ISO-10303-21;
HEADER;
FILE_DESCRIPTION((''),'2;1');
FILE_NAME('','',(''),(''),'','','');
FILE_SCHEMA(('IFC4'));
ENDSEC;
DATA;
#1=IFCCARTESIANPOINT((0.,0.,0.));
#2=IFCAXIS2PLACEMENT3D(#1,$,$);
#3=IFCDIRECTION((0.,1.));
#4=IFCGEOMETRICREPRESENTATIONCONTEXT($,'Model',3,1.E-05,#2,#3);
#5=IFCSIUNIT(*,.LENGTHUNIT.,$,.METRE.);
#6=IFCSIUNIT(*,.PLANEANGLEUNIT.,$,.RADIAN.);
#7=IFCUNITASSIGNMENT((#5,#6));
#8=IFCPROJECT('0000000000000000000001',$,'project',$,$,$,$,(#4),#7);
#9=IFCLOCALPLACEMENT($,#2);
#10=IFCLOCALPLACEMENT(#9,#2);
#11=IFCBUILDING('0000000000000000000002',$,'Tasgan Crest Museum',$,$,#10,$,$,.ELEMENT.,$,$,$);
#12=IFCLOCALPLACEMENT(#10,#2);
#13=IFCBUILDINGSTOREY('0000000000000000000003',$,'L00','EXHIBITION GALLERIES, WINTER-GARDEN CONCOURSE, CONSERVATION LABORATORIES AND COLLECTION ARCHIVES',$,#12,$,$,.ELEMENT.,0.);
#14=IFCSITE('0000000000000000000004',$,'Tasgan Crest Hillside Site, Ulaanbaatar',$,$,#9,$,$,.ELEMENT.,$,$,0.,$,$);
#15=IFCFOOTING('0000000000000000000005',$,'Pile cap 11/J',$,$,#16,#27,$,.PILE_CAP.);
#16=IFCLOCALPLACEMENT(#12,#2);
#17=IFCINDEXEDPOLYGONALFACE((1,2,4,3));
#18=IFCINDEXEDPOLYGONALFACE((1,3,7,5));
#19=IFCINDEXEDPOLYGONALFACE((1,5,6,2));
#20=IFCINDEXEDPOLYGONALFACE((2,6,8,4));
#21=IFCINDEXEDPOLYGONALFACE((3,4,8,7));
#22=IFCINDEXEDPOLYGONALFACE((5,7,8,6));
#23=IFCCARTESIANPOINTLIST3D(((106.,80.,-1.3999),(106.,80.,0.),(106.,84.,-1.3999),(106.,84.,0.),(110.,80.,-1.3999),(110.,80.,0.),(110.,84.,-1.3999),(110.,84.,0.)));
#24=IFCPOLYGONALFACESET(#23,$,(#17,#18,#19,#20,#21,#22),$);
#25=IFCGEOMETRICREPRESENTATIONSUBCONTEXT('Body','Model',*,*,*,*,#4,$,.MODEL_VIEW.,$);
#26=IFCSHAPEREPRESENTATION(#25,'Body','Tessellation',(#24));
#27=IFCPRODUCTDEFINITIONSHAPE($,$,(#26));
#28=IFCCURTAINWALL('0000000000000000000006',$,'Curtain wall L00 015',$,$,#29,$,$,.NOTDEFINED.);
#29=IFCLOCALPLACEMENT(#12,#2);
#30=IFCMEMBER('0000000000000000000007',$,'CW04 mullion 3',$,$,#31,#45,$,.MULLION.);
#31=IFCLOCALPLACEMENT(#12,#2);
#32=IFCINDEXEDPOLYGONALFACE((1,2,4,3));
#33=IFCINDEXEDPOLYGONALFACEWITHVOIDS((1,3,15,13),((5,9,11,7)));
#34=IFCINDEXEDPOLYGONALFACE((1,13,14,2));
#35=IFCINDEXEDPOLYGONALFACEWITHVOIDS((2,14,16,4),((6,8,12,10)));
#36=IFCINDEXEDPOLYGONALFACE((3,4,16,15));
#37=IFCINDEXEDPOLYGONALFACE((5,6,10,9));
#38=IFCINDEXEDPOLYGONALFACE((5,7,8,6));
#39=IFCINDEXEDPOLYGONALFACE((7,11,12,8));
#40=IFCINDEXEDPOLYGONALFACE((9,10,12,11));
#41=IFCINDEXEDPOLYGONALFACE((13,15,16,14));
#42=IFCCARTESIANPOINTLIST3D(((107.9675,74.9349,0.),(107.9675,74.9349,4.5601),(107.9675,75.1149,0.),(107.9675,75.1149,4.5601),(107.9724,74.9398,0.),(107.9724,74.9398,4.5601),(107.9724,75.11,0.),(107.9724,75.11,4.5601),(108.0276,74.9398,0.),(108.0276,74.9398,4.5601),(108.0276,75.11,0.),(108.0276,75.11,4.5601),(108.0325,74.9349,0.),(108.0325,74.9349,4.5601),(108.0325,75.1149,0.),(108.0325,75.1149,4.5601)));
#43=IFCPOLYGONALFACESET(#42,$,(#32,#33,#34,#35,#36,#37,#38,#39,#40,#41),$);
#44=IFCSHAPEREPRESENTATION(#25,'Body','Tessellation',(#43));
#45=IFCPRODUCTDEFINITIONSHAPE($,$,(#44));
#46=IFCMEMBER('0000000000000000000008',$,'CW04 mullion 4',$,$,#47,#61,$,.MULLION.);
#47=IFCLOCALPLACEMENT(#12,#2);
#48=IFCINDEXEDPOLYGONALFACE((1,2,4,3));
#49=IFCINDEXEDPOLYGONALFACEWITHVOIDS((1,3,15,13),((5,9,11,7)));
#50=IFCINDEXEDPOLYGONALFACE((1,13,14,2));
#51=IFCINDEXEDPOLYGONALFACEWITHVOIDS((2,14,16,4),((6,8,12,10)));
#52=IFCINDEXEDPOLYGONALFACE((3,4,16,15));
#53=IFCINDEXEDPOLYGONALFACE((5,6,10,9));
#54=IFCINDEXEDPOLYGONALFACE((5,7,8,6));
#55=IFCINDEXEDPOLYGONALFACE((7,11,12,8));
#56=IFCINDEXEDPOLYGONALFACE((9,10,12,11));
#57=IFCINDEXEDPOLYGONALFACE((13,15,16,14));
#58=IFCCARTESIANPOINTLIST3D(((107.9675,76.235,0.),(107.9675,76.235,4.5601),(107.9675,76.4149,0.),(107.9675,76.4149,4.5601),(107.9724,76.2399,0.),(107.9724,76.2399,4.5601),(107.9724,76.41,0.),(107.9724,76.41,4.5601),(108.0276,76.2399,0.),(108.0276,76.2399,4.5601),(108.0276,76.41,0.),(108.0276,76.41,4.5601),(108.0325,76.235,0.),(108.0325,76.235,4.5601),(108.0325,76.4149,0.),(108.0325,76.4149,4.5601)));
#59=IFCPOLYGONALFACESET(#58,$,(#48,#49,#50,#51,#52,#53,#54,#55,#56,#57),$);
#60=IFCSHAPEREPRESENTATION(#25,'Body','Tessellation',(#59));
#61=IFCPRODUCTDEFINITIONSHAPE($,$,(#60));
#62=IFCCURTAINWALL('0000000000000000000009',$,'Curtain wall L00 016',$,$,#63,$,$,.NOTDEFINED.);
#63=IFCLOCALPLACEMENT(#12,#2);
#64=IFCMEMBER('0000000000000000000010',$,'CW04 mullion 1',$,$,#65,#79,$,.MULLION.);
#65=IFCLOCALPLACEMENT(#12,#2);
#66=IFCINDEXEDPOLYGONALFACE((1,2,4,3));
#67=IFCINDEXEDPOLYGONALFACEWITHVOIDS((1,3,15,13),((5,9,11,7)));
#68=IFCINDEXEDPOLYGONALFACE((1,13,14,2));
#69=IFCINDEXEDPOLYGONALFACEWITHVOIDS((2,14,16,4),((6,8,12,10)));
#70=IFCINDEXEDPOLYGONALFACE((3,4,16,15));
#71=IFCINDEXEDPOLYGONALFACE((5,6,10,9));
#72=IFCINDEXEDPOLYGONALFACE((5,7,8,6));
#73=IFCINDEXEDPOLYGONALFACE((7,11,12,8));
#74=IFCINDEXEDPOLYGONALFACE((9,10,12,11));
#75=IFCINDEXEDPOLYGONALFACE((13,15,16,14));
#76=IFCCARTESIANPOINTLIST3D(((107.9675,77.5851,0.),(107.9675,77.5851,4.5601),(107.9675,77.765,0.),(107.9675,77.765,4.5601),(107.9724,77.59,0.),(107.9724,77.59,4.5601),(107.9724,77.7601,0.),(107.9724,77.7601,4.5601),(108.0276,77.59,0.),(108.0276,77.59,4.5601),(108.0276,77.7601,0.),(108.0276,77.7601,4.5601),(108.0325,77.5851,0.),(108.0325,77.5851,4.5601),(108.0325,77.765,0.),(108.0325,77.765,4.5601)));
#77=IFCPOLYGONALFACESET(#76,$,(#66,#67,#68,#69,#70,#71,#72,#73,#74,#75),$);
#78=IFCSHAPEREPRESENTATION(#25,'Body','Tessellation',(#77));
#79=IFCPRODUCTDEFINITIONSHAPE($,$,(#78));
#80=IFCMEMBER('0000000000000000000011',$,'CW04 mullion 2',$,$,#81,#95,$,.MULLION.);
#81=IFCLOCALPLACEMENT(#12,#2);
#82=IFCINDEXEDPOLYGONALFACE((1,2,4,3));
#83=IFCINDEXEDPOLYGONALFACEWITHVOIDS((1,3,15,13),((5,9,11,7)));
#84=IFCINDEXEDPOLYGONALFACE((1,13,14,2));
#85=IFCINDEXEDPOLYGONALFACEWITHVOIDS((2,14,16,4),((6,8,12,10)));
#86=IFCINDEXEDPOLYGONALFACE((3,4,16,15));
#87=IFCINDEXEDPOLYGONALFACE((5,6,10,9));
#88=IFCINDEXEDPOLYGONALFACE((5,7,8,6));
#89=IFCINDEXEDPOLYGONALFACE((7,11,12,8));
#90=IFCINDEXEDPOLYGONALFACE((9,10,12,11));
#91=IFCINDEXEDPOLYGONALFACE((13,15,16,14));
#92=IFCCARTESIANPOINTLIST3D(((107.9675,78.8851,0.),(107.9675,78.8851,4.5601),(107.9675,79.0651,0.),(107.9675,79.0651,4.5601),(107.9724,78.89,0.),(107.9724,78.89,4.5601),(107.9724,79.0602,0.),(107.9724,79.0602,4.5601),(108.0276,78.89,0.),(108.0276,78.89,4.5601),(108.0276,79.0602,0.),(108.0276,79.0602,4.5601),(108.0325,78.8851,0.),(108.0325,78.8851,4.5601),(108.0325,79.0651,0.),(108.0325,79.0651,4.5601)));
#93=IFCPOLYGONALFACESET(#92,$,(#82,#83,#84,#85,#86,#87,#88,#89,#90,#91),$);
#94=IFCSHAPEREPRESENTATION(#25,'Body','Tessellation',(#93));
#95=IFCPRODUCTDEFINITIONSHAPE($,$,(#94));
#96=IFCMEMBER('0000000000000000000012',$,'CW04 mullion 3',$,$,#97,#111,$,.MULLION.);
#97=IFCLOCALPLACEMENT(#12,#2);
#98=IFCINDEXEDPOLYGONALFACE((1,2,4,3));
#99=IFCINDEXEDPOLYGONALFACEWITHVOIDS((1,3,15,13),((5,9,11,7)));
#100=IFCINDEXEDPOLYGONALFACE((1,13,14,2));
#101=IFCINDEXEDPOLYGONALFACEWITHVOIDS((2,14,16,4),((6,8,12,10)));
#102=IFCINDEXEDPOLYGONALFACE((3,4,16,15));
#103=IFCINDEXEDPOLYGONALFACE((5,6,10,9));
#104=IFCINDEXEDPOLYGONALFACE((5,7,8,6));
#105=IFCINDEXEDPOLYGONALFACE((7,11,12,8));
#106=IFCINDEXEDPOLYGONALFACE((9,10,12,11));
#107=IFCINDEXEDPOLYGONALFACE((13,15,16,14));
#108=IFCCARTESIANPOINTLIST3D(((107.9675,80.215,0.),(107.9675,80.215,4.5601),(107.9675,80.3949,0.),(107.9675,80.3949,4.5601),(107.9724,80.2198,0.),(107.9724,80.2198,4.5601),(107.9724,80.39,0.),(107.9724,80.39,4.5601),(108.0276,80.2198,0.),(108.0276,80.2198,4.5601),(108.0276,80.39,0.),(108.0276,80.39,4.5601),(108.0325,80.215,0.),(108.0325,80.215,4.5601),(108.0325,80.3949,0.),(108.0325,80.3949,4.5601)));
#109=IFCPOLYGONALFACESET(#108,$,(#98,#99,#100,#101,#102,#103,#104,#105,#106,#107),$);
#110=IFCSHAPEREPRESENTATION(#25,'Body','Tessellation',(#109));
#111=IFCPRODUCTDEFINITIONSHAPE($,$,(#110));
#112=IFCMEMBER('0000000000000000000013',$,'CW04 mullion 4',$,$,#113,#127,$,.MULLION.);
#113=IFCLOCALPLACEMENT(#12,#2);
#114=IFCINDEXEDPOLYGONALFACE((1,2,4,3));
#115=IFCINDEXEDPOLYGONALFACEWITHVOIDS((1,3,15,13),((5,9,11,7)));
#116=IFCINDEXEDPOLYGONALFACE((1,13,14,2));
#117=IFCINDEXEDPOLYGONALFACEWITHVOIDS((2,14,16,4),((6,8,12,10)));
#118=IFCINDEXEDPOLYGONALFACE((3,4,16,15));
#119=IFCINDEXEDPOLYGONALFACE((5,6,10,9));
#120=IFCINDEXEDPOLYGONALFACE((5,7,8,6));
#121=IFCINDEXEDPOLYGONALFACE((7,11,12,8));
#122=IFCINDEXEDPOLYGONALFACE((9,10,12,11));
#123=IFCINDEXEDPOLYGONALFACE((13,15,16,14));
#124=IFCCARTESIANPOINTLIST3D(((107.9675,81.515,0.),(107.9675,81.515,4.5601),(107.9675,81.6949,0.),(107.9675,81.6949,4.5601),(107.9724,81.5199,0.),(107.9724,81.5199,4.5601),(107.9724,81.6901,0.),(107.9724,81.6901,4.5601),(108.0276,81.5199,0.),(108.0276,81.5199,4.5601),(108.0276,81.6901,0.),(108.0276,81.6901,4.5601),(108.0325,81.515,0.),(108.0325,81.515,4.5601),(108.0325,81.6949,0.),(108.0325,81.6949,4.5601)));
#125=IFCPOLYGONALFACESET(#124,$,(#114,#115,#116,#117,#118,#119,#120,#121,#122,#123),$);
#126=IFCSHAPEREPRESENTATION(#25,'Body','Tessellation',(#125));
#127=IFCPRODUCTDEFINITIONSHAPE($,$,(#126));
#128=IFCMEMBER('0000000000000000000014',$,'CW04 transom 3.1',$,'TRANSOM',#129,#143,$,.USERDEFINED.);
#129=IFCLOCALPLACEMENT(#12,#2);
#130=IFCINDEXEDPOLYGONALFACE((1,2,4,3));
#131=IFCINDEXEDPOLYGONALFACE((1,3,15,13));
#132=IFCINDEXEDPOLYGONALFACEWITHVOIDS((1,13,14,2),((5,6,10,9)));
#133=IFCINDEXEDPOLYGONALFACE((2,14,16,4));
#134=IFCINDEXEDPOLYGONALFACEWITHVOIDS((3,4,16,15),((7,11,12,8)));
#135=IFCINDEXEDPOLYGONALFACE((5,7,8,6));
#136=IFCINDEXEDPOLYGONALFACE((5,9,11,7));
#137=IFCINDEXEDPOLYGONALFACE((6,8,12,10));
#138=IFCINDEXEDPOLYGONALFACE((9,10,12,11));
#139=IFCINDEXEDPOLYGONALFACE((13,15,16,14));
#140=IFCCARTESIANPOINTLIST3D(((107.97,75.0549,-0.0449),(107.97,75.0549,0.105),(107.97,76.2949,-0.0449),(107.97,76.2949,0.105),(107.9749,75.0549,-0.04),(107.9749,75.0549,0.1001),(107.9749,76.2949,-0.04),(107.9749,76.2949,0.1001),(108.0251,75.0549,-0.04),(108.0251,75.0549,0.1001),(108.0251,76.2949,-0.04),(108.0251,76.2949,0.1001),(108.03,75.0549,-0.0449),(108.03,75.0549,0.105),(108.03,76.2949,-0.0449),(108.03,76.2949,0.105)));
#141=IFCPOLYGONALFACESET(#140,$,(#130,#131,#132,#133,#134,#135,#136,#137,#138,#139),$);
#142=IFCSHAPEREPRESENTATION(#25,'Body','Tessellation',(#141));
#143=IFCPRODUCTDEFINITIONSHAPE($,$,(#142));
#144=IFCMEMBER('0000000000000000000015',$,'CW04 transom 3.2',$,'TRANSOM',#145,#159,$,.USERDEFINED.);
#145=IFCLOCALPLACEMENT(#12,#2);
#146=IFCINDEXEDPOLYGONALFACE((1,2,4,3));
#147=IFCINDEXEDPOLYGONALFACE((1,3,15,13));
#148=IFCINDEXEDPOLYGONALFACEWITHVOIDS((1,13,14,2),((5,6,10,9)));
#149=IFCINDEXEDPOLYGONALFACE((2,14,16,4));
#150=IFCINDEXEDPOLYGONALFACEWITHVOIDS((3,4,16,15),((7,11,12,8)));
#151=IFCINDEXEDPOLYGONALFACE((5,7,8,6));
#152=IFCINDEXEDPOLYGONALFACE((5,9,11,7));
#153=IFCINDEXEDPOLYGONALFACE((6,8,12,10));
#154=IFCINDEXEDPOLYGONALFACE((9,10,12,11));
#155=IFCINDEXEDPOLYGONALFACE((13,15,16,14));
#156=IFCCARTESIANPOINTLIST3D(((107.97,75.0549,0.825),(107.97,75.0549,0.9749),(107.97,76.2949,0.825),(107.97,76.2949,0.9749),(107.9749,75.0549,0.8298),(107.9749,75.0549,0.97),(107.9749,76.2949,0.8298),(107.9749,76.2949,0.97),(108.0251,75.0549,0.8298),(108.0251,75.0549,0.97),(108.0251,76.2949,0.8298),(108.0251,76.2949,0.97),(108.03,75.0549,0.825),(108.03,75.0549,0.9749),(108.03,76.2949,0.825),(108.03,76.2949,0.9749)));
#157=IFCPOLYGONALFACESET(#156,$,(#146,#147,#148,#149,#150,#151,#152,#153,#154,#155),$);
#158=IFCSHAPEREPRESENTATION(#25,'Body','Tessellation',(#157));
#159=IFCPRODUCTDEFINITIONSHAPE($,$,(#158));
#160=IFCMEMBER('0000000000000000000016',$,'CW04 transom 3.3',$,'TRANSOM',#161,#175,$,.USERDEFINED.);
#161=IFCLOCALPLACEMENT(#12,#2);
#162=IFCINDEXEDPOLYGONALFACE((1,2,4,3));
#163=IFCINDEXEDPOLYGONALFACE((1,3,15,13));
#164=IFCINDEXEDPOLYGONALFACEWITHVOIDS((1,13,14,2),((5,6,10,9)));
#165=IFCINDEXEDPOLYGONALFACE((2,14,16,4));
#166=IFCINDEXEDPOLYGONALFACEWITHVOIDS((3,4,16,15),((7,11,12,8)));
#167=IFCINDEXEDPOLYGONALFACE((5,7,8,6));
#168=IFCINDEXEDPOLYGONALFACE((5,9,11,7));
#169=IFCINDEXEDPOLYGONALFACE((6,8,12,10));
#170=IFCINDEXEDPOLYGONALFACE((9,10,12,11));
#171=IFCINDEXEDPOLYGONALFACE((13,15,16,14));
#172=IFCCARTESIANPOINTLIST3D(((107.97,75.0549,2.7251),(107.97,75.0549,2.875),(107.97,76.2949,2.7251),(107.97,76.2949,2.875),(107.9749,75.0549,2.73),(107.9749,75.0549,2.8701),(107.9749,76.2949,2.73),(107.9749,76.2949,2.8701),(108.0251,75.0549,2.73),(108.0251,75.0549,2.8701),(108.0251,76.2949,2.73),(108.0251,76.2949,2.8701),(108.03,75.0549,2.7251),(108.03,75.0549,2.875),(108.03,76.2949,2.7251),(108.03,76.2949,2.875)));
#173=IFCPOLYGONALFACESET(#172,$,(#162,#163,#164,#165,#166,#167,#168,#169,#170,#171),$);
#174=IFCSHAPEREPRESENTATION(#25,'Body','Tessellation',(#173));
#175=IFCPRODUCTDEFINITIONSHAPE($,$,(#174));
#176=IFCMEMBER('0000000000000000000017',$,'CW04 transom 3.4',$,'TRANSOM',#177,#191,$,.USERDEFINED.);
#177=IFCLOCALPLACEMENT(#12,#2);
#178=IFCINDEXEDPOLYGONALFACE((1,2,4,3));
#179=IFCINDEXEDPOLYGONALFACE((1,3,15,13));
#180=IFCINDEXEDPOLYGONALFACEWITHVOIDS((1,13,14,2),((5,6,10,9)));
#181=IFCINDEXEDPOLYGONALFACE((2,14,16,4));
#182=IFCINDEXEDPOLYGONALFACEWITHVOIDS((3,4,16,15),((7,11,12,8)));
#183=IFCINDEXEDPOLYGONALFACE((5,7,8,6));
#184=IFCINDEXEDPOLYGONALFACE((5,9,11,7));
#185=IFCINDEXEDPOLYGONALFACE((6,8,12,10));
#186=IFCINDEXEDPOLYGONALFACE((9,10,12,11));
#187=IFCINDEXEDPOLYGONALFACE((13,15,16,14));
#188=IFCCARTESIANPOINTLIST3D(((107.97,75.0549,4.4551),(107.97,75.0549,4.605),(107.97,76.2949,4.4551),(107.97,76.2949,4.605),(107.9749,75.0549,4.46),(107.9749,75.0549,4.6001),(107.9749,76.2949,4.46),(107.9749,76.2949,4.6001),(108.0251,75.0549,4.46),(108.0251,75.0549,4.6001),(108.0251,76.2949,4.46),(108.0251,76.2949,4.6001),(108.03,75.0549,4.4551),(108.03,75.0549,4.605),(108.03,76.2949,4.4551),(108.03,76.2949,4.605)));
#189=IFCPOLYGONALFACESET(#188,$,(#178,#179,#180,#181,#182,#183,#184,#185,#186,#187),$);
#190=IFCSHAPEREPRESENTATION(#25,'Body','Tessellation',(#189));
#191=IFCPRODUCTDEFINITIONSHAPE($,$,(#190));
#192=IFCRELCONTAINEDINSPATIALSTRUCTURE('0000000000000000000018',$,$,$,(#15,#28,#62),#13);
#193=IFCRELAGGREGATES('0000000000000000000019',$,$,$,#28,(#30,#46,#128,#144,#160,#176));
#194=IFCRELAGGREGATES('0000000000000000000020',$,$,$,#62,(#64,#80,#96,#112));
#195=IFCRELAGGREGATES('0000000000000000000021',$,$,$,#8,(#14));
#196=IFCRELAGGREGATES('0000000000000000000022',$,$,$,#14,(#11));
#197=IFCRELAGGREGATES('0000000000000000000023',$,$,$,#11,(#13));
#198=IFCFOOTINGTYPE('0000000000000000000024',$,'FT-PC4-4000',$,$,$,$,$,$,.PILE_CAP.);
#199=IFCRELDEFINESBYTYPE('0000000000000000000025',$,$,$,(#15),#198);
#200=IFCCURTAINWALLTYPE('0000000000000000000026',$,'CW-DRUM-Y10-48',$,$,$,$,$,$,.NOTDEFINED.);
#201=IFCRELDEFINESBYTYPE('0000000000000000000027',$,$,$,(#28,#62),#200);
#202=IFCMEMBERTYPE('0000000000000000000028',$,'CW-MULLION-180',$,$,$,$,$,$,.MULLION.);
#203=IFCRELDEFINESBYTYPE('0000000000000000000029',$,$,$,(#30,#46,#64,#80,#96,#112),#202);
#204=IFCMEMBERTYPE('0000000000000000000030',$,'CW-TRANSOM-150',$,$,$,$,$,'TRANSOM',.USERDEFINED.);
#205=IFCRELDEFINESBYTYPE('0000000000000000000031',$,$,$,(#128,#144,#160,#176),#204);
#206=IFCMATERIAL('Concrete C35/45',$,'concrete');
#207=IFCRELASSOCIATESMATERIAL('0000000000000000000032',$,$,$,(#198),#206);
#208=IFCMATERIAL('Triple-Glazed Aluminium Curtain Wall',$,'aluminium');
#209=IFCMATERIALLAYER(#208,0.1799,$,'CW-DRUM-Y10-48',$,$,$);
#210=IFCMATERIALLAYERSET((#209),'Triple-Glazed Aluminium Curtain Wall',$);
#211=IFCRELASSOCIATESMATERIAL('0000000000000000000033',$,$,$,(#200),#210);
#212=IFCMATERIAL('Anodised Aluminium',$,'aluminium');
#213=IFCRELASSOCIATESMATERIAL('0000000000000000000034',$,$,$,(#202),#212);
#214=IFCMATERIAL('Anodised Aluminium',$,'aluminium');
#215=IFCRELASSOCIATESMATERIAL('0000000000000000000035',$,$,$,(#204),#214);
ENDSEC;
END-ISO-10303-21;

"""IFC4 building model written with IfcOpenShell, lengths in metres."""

from ifc_helpers import new_model, si_unit, direction, frame, origin, origin_2d, place, context, subcontext, project, spatial, rectangle, hollow_rectangle, extrude, material, layer, layer_set, material_profile, profile_set, type_object, element, aggregate, save


model = new_model("IFC4")

# Units and contexts
model_context = context("Model", 3, precision=1e-05, world=origin(), true_north=direction((0.0, 1.0)))
body_context = subcontext(model_context, "Body", "Model", "MODEL_VIEW")
ifc_project = project(units=[si_unit("LENGTHUNIT", "METRE"), si_unit("PLANEANGLEUNIT", "RADIAN")], contexts=[model_context])

# Site, building, storey
site_placement = place(None, origin())
site = spatial("IfcSite", under=ifc_project, at=site_placement, Name="Tasgan Crest Hillside Site, Ulaanbaatar", CompositionType="ELEMENT", RefElevation=0.0)
building_placement = place(site_placement, origin())
building = spatial("IfcBuilding", under=site, at=building_placement, Name="Tasgan Crest Museum", CompositionType="ELEMENT")
storey_placement = place(building_placement, origin())
storey = spatial("IfcBuildingStorey", under=building, at=storey_placement, Name="L00", Description="EXHIBITION GALLERIES, WINTER-GARDEN CONCOURSE, CONSERVATION LABORATORIES AND COLLECTION ARCHIVES", CompositionType="ELEMENT", Elevation=0.0)

# Footing
ifc_material_1 = material(Name="Concrete C35/45", Category="concrete")
footing_type = type_object("IfcFootingType", Name="FT-PC4-4000", PredefinedType="PILE_CAP", material=ifc_material_1)
footing_placement = place(storey_placement, frame((108.0, 82.0, -1.3999), z_axis=(0.0, 0.0, 1.0), x_axis=(1.0, 0.0, 0.0)))
element("IfcFooting", 1, at=footing_placement, inside=storey, type_object=footing_type, Name="Pile cap 11/J", PredefinedType="PILE_CAP", context=body_context, shape_type="SweptSolid", body=[
    extrude(rectangle(XDim=4.0, YDim=4.0, at=origin_2d()), origin(), (0.0, 0.0, 1.0), 1.3999),
])

# Curtain walls, members
ifc_material_2 = material(Name="Triple-Glazed Aluminium Curtain Wall", Category="aluminium")
ifc_layer_1 = layer(ifc_material_2, 0.1799, Name="CW-DRUM-Y10-48")
ifc_layer_set_1 = layer_set([ifc_layer_1], Name="Triple-Glazed Aluminium Curtain Wall")
curtain_wall_type = type_object("IfcCurtainWallType", Name="CW-DRUM-Y10-48", PredefinedType="NOTDEFINED", material=ifc_layer_set_1)
curtain_wall_1_placement = place(storey_placement, origin())
curtain_wall_1 = element("IfcCurtainWall", 2, at=curtain_wall_1_placement, inside=storey, type_object=curtain_wall_type, Name="Curtain wall L00 015", PredefinedType="NOTDEFINED")
ifc_material_3 = material(Name="Anodised Aluminium", Category="aluminium")
ifc_material_profile_1 = material_profile(ifc_material_3, hollow_rectangle(XDim=0.0649, YDim=0.1799, WallThickness=0.0049, at=origin_2d()), Name="ALU MULLION 180x65x5")
ifc_profile_set_1 = profile_set([ifc_material_profile_1], Name="Anodised Aluminium")
member_type_1 = type_object("IfcMemberType", Name="CW-MULLION-180", PredefinedType="MULLION", material=ifc_profile_set_1)
member_1_placement = place(storey_placement, frame((108.0, 75.0249, 0.0), z_axis=(0.0, 0.0, 1.0), x_axis=(-1.0, 0.0, 0.0)))
member_1 = element("IfcMember", 3, at=member_1_placement, type_object=member_type_1, Name="CW04 mullion 3", PredefinedType="MULLION", context=body_context, shape_type="SweptSolid", body=[
    extrude(hollow_rectangle(XDim=0.0649, YDim=0.1799, WallThickness=0.0049, at=origin_2d()), origin(), (0.0, 0.0, 1.0), 4.5601),
])
member_2_placement = place(storey_placement, frame((108.0, 76.325, 0.0), z_axis=(0.0, 0.0, 1.0), x_axis=(-1.0, 0.0, 0.0)))
member_2 = element("IfcMember", 4, at=member_2_placement, type_object=member_type_1, Name="CW04 mullion 4", PredefinedType="MULLION", context=body_context, shape_type="SweptSolid", body=[
    extrude(hollow_rectangle(XDim=0.0649, YDim=0.1799, WallThickness=0.0049, at=origin_2d()), origin(), (0.0, 0.0, 1.0), 4.5601),
])
curtain_wall_2_placement = place(storey_placement, origin())
curtain_wall_2 = element("IfcCurtainWall", 5, at=curtain_wall_2_placement, inside=storey, type_object=curtain_wall_type, Name="Curtain wall L00 016", PredefinedType="NOTDEFINED")
member_3_placement = place(storey_placement, frame((108.0, 77.675, 0.0), z_axis=(0.0, 0.0, 1.0), x_axis=(-1.0, 0.0, 0.0)))
member_3 = element("IfcMember", 6, at=member_3_placement, type_object=member_type_1, Name="CW04 mullion 1", PredefinedType="MULLION", context=body_context, shape_type="SweptSolid", body=[
    extrude(hollow_rectangle(XDim=0.0649, YDim=0.1799, WallThickness=0.0049, at=origin_2d()), origin(), (0.0, 0.0, 1.0), 4.5601),
])
member_4_placement = place(storey_placement, frame((108.0, 78.9751, 0.0), z_axis=(0.0, 0.0, 1.0), x_axis=(-1.0, 0.0, 0.0)))
member_4 = element("IfcMember", 7, at=member_4_placement, type_object=member_type_1, Name="CW04 mullion 2", PredefinedType="MULLION", context=body_context, shape_type="SweptSolid", body=[
    extrude(hollow_rectangle(XDim=0.0649, YDim=0.1799, WallThickness=0.0049, at=origin_2d()), origin(), (0.0, 0.0, 1.0), 4.5601),
])
member_5_placement = place(storey_placement, frame((108.0, 80.3049, 0.0), z_axis=(0.0, 0.0, 1.0), x_axis=(-1.0, 0.0, 0.0)))
member_5 = element("IfcMember", 8, at=member_5_placement, type_object=member_type_1, Name="CW04 mullion 3", PredefinedType="MULLION", context=body_context, shape_type="SweptSolid", body=[
    extrude(hollow_rectangle(XDim=0.0649, YDim=0.1799, WallThickness=0.0049, at=origin_2d()), origin(), (0.0, 0.0, 1.0), 4.5601),
])
member_6_placement = place(storey_placement, frame((108.0, 81.605, 0.0), z_axis=(0.0, 0.0, 1.0), x_axis=(-1.0, 0.0, 0.0)))
member_6 = element("IfcMember", 9, at=member_6_placement, type_object=member_type_1, Name="CW04 mullion 4", PredefinedType="MULLION", context=body_context, shape_type="SweptSolid", body=[
    extrude(hollow_rectangle(XDim=0.0649, YDim=0.1799, WallThickness=0.0049, at=origin_2d()), origin(), (0.0, 0.0, 1.0), 4.5601),
])

# Members
ifc_material_4 = material(Name="Anodised Aluminium", Category="aluminium")
ifc_material_profile_2 = material_profile(ifc_material_4, hollow_rectangle(XDim=0.0601, YDim=0.1499, WallThickness=0.0049, at=origin_2d()), Name="ALU TRANSOM 150x60x5")
ifc_profile_set_2 = profile_set([ifc_material_profile_2], Name="Anodised Aluminium")
member_type_2 = type_object("IfcMemberType", Name="CW-TRANSOM-150", ElementType="TRANSOM", PredefinedType="USERDEFINED", material=ifc_profile_set_2)
member_7_placement = place(storey_placement, frame((108.0, 75.0549, 0.03), z_axis=(0.0, 1.0, 0.0), x_axis=(-1.0, 0.0, 0.0)))
member_7 = element("IfcMember", 10, at=member_7_placement, type_object=member_type_2, Name="CW04 transom 3.1", ObjectType="TRANSOM", PredefinedType="USERDEFINED", context=body_context, shape_type="SweptSolid", body=[
    extrude(hollow_rectangle(XDim=0.0601, YDim=0.1499, WallThickness=0.0049, at=origin_2d()), origin(), (0.0, 0.0, 1.0), 1.24),
])
member_8_placement = place(storey_placement, frame((108.0, 75.0549, 0.8999), z_axis=(0.0, 1.0, 0.0), x_axis=(-1.0, 0.0, 0.0)))
member_8 = element("IfcMember", 11, at=member_8_placement, type_object=member_type_2, Name="CW04 transom 3.2", ObjectType="TRANSOM", PredefinedType="USERDEFINED", context=body_context, shape_type="SweptSolid", body=[
    extrude(hollow_rectangle(XDim=0.0601, YDim=0.1499, WallThickness=0.0049, at=origin_2d()), origin(), (0.0, 0.0, 1.0), 1.24),
])
member_9_placement = place(storey_placement, frame((108.0, 75.0549, 2.8), z_axis=(0.0, 1.0, 0.0), x_axis=(-1.0, 0.0, 0.0)))
member_9 = element("IfcMember", 12, at=member_9_placement, type_object=member_type_2, Name="CW04 transom 3.3", ObjectType="TRANSOM", PredefinedType="USERDEFINED", context=body_context, shape_type="SweptSolid", body=[
    extrude(hollow_rectangle(XDim=0.0601, YDim=0.1499, WallThickness=0.0049, at=origin_2d()), origin(), (0.0, 0.0, 1.0), 1.24),
])
member_10_placement = place(storey_placement, frame((108.0, 75.0549, 4.53), z_axis=(0.0, 1.0, 0.0), x_axis=(-1.0, 0.0, 0.0)))
member_10 = element("IfcMember", 13, at=member_10_placement, type_object=member_type_2, Name="CW04 transom 3.4", ObjectType="TRANSOM", PredefinedType="USERDEFINED", context=body_context, shape_type="SweptSolid", body=[
    extrude(hollow_rectangle(XDim=0.0601, YDim=0.1499, WallThickness=0.0049, at=origin_2d()), origin(), (0.0, 0.0, 1.0), 1.24),
])

aggregate(curtain_wall_1, [member_1, member_2, member_7, member_8, member_9, member_10])
aggregate(curtain_wall_2, [member_3, member_4, member_5, member_6])

save(model, "model.ifc")
